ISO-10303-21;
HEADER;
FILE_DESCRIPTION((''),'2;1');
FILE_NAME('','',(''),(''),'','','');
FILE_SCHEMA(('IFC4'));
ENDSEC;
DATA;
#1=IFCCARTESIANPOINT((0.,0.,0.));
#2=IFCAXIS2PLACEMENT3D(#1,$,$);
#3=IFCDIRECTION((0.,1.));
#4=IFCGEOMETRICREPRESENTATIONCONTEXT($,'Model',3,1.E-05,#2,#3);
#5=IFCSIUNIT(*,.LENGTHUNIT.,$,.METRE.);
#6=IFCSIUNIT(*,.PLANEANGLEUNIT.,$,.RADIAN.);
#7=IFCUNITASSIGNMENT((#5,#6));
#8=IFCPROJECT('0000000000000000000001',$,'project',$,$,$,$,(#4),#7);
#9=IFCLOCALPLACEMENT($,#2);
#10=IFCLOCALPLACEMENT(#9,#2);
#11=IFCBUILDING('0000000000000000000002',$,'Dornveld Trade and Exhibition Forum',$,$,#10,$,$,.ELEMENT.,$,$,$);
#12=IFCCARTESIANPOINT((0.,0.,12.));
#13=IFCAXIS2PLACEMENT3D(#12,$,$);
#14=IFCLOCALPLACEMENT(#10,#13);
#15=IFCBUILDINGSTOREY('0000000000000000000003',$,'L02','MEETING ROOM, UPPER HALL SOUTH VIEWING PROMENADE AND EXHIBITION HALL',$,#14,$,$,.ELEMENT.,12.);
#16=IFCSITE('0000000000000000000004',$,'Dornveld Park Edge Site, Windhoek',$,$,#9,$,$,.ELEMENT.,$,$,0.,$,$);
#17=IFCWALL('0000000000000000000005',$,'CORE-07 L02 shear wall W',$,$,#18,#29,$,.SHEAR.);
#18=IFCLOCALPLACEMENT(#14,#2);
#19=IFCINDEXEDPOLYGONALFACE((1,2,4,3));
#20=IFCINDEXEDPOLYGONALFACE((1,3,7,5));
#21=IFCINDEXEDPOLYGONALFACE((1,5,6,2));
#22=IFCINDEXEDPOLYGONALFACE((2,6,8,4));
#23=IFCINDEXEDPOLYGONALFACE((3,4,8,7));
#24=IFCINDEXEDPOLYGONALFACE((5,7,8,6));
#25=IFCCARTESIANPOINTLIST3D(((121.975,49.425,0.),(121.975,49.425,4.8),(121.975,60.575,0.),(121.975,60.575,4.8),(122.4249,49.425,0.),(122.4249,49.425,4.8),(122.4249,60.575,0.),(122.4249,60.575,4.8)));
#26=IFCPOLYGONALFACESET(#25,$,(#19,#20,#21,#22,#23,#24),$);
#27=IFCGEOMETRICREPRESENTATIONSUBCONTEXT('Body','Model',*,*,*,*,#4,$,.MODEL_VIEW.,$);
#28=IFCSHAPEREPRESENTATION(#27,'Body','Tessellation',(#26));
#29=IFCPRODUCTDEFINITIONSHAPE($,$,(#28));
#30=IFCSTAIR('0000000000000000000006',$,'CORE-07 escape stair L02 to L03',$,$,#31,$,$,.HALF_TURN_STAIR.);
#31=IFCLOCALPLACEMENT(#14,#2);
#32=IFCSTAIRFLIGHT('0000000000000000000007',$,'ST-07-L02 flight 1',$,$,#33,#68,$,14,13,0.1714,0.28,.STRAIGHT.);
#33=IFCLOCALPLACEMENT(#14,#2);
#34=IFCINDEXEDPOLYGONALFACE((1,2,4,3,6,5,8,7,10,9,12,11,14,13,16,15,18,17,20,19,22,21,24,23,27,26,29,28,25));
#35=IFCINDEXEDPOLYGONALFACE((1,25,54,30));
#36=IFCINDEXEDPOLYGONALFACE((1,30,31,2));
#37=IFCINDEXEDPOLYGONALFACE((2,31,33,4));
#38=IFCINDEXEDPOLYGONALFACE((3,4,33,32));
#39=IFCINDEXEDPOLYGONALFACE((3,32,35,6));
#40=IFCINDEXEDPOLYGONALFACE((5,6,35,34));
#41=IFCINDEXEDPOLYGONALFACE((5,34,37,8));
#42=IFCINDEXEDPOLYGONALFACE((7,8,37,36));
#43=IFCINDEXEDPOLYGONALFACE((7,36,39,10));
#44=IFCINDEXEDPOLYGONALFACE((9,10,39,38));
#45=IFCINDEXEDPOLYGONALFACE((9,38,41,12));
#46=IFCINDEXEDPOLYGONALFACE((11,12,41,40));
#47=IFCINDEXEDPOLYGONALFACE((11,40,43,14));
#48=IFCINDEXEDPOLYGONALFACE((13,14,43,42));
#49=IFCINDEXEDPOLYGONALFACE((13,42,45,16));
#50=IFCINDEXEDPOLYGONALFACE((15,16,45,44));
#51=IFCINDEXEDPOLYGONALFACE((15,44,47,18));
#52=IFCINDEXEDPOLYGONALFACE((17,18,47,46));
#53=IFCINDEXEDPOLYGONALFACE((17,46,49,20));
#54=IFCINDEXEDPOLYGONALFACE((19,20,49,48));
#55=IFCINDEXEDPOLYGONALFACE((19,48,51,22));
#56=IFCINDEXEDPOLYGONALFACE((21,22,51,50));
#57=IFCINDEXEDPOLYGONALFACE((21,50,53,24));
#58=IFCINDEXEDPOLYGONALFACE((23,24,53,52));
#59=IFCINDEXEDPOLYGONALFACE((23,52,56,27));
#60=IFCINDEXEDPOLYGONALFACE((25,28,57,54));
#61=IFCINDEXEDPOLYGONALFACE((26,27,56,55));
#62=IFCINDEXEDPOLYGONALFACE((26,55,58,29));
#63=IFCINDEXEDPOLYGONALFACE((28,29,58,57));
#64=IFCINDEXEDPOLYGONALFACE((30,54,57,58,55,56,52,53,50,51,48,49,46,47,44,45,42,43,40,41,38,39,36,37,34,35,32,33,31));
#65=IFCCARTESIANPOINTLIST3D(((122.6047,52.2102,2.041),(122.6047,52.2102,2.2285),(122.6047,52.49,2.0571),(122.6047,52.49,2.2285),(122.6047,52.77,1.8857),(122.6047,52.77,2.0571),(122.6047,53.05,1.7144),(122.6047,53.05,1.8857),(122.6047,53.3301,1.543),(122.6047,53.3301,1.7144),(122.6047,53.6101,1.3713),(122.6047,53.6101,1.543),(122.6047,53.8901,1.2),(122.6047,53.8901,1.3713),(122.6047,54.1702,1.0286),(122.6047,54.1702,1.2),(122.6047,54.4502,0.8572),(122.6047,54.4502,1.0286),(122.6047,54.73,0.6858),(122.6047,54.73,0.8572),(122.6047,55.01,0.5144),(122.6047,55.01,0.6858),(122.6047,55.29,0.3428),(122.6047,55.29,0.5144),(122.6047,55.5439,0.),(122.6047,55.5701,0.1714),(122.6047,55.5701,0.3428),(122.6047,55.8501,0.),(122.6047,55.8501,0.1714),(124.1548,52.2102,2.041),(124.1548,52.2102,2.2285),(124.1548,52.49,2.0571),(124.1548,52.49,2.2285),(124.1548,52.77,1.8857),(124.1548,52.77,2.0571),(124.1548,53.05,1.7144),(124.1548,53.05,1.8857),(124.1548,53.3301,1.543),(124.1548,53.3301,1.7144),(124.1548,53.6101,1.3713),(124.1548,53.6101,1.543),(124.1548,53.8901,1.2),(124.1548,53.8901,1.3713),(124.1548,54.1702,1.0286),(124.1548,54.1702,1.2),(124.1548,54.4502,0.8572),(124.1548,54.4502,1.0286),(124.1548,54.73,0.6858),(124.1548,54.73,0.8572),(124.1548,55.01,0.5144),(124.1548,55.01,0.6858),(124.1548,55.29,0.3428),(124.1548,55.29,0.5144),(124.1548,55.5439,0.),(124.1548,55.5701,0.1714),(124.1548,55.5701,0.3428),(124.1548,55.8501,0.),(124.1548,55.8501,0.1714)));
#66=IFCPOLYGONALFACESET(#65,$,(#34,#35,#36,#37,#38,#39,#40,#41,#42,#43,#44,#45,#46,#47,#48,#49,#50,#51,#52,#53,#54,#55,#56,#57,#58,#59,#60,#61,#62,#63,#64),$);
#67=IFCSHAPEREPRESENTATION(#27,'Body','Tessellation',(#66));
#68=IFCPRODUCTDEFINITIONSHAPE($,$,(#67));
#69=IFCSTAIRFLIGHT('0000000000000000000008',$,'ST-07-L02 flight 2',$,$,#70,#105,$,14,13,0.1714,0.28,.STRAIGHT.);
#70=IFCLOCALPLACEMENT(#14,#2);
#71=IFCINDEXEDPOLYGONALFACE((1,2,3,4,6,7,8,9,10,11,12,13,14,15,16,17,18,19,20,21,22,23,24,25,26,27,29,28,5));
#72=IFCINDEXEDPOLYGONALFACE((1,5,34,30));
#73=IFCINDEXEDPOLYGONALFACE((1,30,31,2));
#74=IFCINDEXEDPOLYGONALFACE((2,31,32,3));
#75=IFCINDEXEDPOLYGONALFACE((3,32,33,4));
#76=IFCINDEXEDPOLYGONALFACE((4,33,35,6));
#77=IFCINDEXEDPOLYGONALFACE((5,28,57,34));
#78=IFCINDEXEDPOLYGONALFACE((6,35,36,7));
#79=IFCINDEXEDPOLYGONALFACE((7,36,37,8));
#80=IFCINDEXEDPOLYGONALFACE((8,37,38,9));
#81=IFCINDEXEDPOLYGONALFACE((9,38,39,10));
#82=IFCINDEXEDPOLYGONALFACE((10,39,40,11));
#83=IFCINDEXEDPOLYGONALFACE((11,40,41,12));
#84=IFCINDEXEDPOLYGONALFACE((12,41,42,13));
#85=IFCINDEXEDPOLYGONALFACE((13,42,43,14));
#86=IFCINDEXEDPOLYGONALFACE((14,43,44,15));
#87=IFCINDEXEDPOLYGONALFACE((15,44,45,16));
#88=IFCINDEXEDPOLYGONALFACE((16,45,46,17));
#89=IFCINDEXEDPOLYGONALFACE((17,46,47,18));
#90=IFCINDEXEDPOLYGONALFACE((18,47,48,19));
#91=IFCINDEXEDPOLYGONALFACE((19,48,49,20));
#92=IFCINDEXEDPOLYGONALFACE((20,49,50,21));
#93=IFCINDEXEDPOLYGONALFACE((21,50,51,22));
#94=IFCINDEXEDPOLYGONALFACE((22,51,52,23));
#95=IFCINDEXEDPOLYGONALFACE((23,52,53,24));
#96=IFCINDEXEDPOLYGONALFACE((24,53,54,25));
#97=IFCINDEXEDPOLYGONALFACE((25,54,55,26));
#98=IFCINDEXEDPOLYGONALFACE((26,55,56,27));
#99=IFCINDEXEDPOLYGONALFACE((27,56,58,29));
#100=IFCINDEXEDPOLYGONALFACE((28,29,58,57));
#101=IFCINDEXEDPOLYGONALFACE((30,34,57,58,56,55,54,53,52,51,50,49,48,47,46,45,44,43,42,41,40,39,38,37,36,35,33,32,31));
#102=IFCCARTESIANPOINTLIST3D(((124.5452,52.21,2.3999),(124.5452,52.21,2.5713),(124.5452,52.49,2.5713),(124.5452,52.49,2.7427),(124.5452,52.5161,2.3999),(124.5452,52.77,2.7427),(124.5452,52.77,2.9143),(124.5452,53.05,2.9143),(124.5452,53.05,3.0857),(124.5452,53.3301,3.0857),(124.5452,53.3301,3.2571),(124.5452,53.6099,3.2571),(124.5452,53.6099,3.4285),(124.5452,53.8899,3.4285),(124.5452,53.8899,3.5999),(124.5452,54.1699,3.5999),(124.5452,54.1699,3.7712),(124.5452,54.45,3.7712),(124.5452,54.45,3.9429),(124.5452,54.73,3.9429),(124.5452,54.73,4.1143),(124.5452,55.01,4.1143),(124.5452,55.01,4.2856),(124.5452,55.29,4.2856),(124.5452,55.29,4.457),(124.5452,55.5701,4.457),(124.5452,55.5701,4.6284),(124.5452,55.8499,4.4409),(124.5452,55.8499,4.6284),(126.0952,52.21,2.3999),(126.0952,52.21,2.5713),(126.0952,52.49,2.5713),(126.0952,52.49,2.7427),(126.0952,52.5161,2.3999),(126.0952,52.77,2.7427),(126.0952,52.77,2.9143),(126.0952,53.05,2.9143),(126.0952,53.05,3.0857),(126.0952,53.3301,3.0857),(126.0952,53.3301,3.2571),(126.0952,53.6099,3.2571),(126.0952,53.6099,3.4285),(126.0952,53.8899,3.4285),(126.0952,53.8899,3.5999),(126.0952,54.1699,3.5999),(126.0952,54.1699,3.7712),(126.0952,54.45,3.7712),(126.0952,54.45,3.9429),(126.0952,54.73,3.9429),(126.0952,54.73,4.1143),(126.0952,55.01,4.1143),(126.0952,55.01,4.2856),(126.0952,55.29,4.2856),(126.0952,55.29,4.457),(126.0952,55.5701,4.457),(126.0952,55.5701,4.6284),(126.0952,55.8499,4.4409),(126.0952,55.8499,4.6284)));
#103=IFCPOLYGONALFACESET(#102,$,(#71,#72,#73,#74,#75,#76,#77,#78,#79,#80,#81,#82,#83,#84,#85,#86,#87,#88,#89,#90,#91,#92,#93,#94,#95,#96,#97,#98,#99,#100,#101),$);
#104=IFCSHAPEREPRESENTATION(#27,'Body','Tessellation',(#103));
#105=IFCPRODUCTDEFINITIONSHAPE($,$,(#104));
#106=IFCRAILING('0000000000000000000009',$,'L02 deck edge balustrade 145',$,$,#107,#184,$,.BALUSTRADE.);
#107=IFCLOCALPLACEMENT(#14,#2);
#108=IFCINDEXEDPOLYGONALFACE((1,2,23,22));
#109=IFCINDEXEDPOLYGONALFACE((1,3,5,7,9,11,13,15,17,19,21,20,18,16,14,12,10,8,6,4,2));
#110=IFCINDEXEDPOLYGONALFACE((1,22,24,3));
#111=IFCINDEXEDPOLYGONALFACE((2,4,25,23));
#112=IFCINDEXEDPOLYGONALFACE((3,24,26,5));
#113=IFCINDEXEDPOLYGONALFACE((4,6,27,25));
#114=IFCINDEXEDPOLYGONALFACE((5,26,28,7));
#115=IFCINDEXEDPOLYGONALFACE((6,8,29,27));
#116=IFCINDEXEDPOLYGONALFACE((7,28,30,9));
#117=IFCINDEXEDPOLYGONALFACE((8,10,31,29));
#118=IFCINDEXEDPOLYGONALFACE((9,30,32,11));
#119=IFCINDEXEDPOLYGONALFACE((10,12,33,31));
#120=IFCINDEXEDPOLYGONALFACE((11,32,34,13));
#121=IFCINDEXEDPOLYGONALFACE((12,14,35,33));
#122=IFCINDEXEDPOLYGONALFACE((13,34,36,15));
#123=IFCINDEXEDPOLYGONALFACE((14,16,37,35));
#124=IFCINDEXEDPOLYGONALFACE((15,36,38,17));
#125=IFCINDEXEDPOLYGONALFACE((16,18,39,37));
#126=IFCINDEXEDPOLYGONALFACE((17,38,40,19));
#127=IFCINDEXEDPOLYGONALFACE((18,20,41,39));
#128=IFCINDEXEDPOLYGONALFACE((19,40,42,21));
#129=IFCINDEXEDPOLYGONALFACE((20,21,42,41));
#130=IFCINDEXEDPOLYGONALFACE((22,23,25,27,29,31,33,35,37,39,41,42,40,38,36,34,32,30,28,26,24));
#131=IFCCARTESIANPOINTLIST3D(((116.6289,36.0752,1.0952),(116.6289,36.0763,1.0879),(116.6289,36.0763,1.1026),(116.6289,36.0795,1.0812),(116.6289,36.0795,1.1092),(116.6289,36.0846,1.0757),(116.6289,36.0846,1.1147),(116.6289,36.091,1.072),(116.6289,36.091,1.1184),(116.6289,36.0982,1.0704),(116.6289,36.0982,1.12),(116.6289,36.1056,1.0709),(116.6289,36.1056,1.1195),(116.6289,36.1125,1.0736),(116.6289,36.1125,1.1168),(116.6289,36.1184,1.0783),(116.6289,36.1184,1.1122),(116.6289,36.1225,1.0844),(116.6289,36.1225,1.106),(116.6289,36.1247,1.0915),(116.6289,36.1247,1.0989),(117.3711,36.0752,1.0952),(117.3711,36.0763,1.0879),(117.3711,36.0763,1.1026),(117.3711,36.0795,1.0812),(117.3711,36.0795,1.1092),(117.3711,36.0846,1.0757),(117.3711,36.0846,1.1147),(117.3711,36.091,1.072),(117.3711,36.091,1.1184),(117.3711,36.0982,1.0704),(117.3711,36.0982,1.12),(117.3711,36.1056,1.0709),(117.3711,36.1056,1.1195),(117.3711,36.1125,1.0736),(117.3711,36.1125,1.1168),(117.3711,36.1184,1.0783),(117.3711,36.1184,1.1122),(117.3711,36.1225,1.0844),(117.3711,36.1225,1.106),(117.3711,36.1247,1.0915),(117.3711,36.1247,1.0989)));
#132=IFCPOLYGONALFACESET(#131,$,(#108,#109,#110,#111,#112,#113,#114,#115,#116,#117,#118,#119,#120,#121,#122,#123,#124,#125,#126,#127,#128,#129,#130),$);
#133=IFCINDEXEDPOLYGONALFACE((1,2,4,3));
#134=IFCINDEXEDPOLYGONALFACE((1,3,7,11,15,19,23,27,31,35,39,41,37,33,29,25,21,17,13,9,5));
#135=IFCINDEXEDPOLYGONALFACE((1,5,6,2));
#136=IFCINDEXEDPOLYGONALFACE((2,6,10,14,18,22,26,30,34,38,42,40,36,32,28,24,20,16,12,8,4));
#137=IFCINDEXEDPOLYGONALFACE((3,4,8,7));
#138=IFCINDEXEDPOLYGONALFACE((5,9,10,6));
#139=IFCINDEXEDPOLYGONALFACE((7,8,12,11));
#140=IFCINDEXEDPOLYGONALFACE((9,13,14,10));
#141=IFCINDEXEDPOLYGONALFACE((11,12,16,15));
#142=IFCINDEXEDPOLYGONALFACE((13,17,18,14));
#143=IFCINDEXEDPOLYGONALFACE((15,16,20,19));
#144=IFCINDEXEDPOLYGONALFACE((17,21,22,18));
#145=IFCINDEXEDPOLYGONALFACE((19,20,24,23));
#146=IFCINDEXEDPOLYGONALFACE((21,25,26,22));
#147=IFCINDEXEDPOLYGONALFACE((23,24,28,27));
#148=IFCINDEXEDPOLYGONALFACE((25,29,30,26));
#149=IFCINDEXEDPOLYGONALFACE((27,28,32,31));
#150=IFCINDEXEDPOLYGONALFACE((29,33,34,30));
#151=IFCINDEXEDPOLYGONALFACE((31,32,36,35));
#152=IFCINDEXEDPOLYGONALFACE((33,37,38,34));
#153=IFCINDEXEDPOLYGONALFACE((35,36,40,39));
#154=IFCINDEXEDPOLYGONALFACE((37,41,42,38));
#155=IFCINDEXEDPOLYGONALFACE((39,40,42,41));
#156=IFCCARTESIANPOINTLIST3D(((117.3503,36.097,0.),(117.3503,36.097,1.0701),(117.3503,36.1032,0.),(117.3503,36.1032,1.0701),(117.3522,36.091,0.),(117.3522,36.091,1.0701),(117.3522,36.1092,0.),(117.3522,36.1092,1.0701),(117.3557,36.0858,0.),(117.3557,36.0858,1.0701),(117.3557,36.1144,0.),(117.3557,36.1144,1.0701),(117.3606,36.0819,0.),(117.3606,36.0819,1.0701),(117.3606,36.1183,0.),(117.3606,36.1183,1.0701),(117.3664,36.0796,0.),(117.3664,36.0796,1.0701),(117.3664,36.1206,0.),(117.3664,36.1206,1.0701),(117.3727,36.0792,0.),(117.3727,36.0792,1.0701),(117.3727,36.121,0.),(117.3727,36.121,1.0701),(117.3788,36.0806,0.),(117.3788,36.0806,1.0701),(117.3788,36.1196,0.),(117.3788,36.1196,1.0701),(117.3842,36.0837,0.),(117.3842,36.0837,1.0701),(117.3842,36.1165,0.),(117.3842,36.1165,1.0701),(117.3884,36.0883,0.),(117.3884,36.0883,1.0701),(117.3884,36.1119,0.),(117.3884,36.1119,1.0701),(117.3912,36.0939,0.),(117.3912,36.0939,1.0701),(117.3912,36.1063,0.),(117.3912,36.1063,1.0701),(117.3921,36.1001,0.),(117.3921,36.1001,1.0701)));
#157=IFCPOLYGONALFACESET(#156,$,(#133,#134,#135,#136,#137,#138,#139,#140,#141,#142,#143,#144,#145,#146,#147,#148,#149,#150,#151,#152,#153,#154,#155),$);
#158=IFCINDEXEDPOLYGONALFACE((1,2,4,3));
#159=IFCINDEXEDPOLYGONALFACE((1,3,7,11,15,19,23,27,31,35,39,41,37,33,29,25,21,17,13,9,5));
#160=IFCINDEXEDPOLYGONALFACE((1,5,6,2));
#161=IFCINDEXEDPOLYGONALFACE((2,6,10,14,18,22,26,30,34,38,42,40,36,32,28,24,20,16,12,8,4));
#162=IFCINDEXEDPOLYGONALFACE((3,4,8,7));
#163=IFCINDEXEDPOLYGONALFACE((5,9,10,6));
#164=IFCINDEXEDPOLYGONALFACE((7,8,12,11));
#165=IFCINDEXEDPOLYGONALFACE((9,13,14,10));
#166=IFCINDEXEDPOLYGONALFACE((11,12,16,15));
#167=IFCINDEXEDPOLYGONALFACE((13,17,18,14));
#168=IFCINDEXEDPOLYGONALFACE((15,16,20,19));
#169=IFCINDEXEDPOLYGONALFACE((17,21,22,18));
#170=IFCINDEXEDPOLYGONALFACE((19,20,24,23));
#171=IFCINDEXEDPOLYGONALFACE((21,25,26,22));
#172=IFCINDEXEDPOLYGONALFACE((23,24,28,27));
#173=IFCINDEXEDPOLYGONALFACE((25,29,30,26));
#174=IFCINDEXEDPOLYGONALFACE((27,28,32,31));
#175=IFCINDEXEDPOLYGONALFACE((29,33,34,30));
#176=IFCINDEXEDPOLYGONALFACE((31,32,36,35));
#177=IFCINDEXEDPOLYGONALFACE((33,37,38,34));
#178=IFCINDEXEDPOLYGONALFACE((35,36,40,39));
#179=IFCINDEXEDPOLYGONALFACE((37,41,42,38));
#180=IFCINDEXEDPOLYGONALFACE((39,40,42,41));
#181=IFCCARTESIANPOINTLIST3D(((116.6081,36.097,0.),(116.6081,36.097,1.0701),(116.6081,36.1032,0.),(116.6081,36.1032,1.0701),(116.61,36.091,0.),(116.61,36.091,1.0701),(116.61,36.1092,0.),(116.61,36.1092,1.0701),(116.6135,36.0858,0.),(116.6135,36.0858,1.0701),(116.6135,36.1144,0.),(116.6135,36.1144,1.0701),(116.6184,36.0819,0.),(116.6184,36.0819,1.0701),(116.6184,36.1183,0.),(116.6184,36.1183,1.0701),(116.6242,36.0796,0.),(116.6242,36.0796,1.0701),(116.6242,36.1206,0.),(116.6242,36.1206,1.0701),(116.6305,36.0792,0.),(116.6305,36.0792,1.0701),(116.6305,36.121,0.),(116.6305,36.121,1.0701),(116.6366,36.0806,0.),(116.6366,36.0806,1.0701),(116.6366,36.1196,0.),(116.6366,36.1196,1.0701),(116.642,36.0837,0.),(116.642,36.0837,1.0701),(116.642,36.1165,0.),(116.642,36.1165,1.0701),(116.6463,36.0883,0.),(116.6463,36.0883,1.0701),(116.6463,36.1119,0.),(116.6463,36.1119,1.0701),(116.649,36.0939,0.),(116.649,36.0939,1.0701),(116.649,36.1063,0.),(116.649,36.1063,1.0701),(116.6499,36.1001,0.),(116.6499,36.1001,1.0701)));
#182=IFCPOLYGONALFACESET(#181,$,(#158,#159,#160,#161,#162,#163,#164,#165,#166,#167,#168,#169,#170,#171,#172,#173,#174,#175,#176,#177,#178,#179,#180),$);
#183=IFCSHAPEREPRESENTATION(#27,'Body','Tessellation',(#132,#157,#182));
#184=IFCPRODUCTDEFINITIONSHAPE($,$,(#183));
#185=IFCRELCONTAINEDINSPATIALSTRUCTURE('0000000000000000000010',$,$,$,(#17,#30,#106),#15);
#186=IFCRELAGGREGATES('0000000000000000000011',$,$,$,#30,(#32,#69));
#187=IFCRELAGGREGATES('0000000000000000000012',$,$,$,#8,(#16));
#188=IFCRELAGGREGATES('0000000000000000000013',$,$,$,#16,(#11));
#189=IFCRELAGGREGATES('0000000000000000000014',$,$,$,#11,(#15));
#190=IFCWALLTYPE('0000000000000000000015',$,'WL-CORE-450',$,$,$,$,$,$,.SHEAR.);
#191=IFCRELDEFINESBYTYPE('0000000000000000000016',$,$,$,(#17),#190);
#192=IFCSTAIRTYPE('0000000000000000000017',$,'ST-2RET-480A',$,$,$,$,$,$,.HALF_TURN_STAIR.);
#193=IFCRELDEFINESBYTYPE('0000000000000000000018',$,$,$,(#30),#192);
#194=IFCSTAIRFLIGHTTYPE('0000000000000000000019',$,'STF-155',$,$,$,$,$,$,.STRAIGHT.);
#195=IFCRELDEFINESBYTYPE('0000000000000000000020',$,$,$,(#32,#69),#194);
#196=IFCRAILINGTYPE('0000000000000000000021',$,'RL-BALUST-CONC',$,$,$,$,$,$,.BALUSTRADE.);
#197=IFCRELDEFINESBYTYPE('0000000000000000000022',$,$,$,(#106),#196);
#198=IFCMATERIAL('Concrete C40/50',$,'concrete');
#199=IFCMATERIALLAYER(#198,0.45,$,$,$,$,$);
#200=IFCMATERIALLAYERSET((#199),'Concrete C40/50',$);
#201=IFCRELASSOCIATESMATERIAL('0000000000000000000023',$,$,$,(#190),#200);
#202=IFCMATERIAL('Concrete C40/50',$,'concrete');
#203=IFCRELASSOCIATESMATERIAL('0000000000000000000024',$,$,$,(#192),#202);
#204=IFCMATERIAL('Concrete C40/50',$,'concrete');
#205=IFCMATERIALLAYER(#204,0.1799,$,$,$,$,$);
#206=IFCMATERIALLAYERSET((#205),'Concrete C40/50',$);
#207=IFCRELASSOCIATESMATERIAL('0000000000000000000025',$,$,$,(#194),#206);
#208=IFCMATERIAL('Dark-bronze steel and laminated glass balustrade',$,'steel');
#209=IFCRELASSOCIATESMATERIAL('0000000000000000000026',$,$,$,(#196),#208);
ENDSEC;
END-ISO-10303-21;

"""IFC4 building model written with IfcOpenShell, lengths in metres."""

from ifc_helpers import new_model, si_unit, direction, frame, frame_2d, origin, origin_2d, place, context, subcontext, project, spatial, polyline, rectangle, circle, outline, extrude, material, layer, layer_set, type_object, element, aggregate, save


model = new_model("IFC4")

# Units and contexts
model_context = context("Model", 3, precision=1e-05, world=origin(), true_north=direction((0.0, 1.0)))
body_context = subcontext(model_context, "Body", "Model", "MODEL_VIEW")
ifc_project = project(units=[si_unit("LENGTHUNIT", "METRE"), si_unit("PLANEANGLEUNIT", "RADIAN")], contexts=[model_context])

# Site, building, storey
site_placement = place(None, origin())
site = spatial("IfcSite", under=ifc_project, at=site_placement, Name="Dornveld Park Edge Site, Windhoek", CompositionType="ELEMENT", RefElevation=0.0)
building_placement = place(site_placement, origin())
building = spatial("IfcBuilding", under=site, at=building_placement, Name="Dornveld Trade and Exhibition Forum", CompositionType="ELEMENT")
storey_placement = place(building_placement, frame((0.0, 0.0, 12.0)))
storey = spatial("IfcBuildingStorey", under=building, at=storey_placement, Name="L02", Description="MEETING ROOM, UPPER HALL SOUTH VIEWING PROMENADE AND EXHIBITION HALL", CompositionType="ELEMENT", Elevation=12.0)

# Wall
ifc_material_1 = material(Name="Concrete C40/50", Category="concrete")
ifc_layer_1 = layer(ifc_material_1, 0.45)
ifc_layer_set_1 = layer_set([ifc_layer_1], Name="Concrete C40/50")
wall_type = type_object("IfcWallType", Name="WL-CORE-450", PredefinedType="SHEAR", material=ifc_layer_set_1)
wall_1_placement = place(storey_placement, frame((122.2, 49.425, 0.0), z_axis=(0.0, 0.0, 1.0), x_axis=(0.0, 1.0, 0.0)))
element("IfcWall", 1, at=wall_1_placement, inside=storey, type_object=wall_type, Name="CORE-07 L02 shear wall W", PredefinedType="SHEAR", context=body_context, shape_type="SweptSolid", body=[
    extrude(rectangle(XDim=11.1499, YDim=0.45, at=frame_2d((5.575, 0.0))), origin(), (0.0, 0.0, 1.0), 4.8),
])

# Stair, stair flights
ifc_material_2 = material(Name="Concrete C40/50", Category="concrete")
stair_type = type_object("IfcStairType", Name="ST-2RET-480A", PredefinedType="HALF_TURN_STAIR", material=ifc_material_2)
stair_placement = place(storey_placement, origin())
stair = element("IfcStair", 2, at=stair_placement, inside=storey, type_object=stair_type, Name="CORE-07 escape stair L02 to L03", PredefinedType="HALF_TURN_STAIR")
ifc_material_3 = material(Name="Concrete C40/50", Category="concrete")
ifc_layer_2 = layer(ifc_material_3, 0.1799)
ifc_layer_set_2 = layer_set([ifc_layer_2], Name="Concrete C40/50")
stair_flight_type = type_object("IfcStairFlightType", Name="STF-155", PredefinedType="STRAIGHT", material=ifc_layer_set_2)
stair_flight_1_placement = place(storey_placement, frame((123.3799, 55.8501, 0.0), z_axis=(0.0, 0.0, 1.0), x_axis=(0.0, -1.0, 0.0)))
stair_flight_1 = element("IfcStairFlight", 3, at=stair_flight_1_placement, type_object=stair_flight_type, Name="ST-07-L02 flight 1", NumberOfRisers=14, NumberOfTreads=13, PredefinedType="STRAIGHT", RiserHeight=0.1714, TreadLength=0.28, context=body_context, shape_type="SweptSolid", body=[
    extrude(outline(polyline([(0.0, 0.0), (0.0, 0.1714), (0.28, 0.1714), (0.28, 0.3428), (0.5601, 0.3428), (0.5601, 0.5144), (0.8401, 0.5144), (0.8401, 0.6858), (1.1201, 0.6858), (1.1201, 0.8572), (1.3999, 0.8572), (1.3999, 1.0286), (1.6799, 1.0286), (1.6799, 1.2), (1.96, 1.2), (1.96, 1.3713), (2.24, 1.3713), (2.24, 1.543), (2.52, 1.543), (2.52, 1.7144), (2.8, 1.7144), (2.8, 1.8857), (3.0801, 1.8857), (3.0801, 2.0571), (3.3601, 2.0571), (3.3601, 2.2285), (3.6399, 2.2285), (3.6399, 2.3999), (3.6399, 2.041), (0.3062, 0.0), (0.0, 0.0)])), frame((0.0, 0.7749, 0.0), z_axis=(0.0, -1.0, 0.0), x_axis=(1.0, 0.0, 0.0)), (0.0, 0.0, 1.0), 1.55),
])
stair_flight_2_placement = place(storey_placement, frame((125.3201, 52.21, 2.3999), z_axis=(0.0, 0.0, 1.0), x_axis=(0.0, 1.0, 0.0)))
stair_flight_2 = element("IfcStairFlight", 4, at=stair_flight_2_placement, type_object=stair_flight_type, Name="ST-07-L02 flight 2", NumberOfRisers=14, NumberOfTreads=13, PredefinedType="STRAIGHT", RiserHeight=0.1714, TreadLength=0.28, context=body_context, shape_type="SweptSolid", body=[
    extrude(outline(polyline([(0.0, 0.0), (0.0, 0.1714), (0.28, 0.1714), (0.28, 0.3428), (0.5601, 0.3428), (0.5601, 0.5144), (0.8401, 0.5144), (0.8401, 0.6858), (1.1201, 0.6858), (1.1201, 0.8572), (1.3999, 0.8572), (1.3999, 1.0286), (1.6799, 1.0286), (1.6799, 1.2), (1.96, 1.2), (1.96, 1.3713), (2.24, 1.3713), (2.24, 1.543), (2.52, 1.543), (2.52, 1.7144), (2.8, 1.7144), (2.8, 1.8857), (3.0801, 1.8857), (3.0801, 2.0571), (3.3601, 2.0571), (3.3601, 2.2285), (3.6399, 2.2285), (3.6399, 2.3999), (3.6399, 2.041), (0.3062, 0.0), (0.0, 0.0)])), frame((0.0, 0.7749, 0.0), z_axis=(0.0, -1.0, 0.0), x_axis=(1.0, 0.0, 0.0)), (0.0, 0.0, 1.0), 1.55),
])
aggregate(stair, [stair_flight_1, stair_flight_2])

# Railing
ifc_material_4 = material(Name="Dark-bronze steel and laminated glass balustrade", Category="steel")
railing_type_1 = type_object("IfcRailingType", Name="RL-BALUST-CONC", PredefinedType="BALUSTRADE", material=ifc_material_4)
railing_1_placement = place(storey_placement, frame((117.3711, 36.1001, 0.0)))
element("IfcRailing", 5, at=railing_1_placement, inside=storey, type_object=railing_type_1, Name="L02 deck edge balustrade 145", PredefinedType="BALUSTRADE", context=body_context, shape_type="SweptSolid", body=[
    extrude(circle(Radius=0.0249, at=origin_2d()), frame((0.0, 0.0, 1.0952), z_axis=(-1.0, 0.0, 0.0), x_axis=(0.0, -1.0, 0.0)), (0.0, 0.0, 1.0), 0.7422),
    extrude(circle(Radius=0.021, at=origin_2d()), origin(), (0.0, 0.0, 1.0), 1.0701),
    extrude(circle(Radius=0.021, at=origin_2d()), frame((-0.7422, 0.0, 0.0)), (0.0, 0.0, 1.0), 1.0701),
])

save(model, "model.ifc")
